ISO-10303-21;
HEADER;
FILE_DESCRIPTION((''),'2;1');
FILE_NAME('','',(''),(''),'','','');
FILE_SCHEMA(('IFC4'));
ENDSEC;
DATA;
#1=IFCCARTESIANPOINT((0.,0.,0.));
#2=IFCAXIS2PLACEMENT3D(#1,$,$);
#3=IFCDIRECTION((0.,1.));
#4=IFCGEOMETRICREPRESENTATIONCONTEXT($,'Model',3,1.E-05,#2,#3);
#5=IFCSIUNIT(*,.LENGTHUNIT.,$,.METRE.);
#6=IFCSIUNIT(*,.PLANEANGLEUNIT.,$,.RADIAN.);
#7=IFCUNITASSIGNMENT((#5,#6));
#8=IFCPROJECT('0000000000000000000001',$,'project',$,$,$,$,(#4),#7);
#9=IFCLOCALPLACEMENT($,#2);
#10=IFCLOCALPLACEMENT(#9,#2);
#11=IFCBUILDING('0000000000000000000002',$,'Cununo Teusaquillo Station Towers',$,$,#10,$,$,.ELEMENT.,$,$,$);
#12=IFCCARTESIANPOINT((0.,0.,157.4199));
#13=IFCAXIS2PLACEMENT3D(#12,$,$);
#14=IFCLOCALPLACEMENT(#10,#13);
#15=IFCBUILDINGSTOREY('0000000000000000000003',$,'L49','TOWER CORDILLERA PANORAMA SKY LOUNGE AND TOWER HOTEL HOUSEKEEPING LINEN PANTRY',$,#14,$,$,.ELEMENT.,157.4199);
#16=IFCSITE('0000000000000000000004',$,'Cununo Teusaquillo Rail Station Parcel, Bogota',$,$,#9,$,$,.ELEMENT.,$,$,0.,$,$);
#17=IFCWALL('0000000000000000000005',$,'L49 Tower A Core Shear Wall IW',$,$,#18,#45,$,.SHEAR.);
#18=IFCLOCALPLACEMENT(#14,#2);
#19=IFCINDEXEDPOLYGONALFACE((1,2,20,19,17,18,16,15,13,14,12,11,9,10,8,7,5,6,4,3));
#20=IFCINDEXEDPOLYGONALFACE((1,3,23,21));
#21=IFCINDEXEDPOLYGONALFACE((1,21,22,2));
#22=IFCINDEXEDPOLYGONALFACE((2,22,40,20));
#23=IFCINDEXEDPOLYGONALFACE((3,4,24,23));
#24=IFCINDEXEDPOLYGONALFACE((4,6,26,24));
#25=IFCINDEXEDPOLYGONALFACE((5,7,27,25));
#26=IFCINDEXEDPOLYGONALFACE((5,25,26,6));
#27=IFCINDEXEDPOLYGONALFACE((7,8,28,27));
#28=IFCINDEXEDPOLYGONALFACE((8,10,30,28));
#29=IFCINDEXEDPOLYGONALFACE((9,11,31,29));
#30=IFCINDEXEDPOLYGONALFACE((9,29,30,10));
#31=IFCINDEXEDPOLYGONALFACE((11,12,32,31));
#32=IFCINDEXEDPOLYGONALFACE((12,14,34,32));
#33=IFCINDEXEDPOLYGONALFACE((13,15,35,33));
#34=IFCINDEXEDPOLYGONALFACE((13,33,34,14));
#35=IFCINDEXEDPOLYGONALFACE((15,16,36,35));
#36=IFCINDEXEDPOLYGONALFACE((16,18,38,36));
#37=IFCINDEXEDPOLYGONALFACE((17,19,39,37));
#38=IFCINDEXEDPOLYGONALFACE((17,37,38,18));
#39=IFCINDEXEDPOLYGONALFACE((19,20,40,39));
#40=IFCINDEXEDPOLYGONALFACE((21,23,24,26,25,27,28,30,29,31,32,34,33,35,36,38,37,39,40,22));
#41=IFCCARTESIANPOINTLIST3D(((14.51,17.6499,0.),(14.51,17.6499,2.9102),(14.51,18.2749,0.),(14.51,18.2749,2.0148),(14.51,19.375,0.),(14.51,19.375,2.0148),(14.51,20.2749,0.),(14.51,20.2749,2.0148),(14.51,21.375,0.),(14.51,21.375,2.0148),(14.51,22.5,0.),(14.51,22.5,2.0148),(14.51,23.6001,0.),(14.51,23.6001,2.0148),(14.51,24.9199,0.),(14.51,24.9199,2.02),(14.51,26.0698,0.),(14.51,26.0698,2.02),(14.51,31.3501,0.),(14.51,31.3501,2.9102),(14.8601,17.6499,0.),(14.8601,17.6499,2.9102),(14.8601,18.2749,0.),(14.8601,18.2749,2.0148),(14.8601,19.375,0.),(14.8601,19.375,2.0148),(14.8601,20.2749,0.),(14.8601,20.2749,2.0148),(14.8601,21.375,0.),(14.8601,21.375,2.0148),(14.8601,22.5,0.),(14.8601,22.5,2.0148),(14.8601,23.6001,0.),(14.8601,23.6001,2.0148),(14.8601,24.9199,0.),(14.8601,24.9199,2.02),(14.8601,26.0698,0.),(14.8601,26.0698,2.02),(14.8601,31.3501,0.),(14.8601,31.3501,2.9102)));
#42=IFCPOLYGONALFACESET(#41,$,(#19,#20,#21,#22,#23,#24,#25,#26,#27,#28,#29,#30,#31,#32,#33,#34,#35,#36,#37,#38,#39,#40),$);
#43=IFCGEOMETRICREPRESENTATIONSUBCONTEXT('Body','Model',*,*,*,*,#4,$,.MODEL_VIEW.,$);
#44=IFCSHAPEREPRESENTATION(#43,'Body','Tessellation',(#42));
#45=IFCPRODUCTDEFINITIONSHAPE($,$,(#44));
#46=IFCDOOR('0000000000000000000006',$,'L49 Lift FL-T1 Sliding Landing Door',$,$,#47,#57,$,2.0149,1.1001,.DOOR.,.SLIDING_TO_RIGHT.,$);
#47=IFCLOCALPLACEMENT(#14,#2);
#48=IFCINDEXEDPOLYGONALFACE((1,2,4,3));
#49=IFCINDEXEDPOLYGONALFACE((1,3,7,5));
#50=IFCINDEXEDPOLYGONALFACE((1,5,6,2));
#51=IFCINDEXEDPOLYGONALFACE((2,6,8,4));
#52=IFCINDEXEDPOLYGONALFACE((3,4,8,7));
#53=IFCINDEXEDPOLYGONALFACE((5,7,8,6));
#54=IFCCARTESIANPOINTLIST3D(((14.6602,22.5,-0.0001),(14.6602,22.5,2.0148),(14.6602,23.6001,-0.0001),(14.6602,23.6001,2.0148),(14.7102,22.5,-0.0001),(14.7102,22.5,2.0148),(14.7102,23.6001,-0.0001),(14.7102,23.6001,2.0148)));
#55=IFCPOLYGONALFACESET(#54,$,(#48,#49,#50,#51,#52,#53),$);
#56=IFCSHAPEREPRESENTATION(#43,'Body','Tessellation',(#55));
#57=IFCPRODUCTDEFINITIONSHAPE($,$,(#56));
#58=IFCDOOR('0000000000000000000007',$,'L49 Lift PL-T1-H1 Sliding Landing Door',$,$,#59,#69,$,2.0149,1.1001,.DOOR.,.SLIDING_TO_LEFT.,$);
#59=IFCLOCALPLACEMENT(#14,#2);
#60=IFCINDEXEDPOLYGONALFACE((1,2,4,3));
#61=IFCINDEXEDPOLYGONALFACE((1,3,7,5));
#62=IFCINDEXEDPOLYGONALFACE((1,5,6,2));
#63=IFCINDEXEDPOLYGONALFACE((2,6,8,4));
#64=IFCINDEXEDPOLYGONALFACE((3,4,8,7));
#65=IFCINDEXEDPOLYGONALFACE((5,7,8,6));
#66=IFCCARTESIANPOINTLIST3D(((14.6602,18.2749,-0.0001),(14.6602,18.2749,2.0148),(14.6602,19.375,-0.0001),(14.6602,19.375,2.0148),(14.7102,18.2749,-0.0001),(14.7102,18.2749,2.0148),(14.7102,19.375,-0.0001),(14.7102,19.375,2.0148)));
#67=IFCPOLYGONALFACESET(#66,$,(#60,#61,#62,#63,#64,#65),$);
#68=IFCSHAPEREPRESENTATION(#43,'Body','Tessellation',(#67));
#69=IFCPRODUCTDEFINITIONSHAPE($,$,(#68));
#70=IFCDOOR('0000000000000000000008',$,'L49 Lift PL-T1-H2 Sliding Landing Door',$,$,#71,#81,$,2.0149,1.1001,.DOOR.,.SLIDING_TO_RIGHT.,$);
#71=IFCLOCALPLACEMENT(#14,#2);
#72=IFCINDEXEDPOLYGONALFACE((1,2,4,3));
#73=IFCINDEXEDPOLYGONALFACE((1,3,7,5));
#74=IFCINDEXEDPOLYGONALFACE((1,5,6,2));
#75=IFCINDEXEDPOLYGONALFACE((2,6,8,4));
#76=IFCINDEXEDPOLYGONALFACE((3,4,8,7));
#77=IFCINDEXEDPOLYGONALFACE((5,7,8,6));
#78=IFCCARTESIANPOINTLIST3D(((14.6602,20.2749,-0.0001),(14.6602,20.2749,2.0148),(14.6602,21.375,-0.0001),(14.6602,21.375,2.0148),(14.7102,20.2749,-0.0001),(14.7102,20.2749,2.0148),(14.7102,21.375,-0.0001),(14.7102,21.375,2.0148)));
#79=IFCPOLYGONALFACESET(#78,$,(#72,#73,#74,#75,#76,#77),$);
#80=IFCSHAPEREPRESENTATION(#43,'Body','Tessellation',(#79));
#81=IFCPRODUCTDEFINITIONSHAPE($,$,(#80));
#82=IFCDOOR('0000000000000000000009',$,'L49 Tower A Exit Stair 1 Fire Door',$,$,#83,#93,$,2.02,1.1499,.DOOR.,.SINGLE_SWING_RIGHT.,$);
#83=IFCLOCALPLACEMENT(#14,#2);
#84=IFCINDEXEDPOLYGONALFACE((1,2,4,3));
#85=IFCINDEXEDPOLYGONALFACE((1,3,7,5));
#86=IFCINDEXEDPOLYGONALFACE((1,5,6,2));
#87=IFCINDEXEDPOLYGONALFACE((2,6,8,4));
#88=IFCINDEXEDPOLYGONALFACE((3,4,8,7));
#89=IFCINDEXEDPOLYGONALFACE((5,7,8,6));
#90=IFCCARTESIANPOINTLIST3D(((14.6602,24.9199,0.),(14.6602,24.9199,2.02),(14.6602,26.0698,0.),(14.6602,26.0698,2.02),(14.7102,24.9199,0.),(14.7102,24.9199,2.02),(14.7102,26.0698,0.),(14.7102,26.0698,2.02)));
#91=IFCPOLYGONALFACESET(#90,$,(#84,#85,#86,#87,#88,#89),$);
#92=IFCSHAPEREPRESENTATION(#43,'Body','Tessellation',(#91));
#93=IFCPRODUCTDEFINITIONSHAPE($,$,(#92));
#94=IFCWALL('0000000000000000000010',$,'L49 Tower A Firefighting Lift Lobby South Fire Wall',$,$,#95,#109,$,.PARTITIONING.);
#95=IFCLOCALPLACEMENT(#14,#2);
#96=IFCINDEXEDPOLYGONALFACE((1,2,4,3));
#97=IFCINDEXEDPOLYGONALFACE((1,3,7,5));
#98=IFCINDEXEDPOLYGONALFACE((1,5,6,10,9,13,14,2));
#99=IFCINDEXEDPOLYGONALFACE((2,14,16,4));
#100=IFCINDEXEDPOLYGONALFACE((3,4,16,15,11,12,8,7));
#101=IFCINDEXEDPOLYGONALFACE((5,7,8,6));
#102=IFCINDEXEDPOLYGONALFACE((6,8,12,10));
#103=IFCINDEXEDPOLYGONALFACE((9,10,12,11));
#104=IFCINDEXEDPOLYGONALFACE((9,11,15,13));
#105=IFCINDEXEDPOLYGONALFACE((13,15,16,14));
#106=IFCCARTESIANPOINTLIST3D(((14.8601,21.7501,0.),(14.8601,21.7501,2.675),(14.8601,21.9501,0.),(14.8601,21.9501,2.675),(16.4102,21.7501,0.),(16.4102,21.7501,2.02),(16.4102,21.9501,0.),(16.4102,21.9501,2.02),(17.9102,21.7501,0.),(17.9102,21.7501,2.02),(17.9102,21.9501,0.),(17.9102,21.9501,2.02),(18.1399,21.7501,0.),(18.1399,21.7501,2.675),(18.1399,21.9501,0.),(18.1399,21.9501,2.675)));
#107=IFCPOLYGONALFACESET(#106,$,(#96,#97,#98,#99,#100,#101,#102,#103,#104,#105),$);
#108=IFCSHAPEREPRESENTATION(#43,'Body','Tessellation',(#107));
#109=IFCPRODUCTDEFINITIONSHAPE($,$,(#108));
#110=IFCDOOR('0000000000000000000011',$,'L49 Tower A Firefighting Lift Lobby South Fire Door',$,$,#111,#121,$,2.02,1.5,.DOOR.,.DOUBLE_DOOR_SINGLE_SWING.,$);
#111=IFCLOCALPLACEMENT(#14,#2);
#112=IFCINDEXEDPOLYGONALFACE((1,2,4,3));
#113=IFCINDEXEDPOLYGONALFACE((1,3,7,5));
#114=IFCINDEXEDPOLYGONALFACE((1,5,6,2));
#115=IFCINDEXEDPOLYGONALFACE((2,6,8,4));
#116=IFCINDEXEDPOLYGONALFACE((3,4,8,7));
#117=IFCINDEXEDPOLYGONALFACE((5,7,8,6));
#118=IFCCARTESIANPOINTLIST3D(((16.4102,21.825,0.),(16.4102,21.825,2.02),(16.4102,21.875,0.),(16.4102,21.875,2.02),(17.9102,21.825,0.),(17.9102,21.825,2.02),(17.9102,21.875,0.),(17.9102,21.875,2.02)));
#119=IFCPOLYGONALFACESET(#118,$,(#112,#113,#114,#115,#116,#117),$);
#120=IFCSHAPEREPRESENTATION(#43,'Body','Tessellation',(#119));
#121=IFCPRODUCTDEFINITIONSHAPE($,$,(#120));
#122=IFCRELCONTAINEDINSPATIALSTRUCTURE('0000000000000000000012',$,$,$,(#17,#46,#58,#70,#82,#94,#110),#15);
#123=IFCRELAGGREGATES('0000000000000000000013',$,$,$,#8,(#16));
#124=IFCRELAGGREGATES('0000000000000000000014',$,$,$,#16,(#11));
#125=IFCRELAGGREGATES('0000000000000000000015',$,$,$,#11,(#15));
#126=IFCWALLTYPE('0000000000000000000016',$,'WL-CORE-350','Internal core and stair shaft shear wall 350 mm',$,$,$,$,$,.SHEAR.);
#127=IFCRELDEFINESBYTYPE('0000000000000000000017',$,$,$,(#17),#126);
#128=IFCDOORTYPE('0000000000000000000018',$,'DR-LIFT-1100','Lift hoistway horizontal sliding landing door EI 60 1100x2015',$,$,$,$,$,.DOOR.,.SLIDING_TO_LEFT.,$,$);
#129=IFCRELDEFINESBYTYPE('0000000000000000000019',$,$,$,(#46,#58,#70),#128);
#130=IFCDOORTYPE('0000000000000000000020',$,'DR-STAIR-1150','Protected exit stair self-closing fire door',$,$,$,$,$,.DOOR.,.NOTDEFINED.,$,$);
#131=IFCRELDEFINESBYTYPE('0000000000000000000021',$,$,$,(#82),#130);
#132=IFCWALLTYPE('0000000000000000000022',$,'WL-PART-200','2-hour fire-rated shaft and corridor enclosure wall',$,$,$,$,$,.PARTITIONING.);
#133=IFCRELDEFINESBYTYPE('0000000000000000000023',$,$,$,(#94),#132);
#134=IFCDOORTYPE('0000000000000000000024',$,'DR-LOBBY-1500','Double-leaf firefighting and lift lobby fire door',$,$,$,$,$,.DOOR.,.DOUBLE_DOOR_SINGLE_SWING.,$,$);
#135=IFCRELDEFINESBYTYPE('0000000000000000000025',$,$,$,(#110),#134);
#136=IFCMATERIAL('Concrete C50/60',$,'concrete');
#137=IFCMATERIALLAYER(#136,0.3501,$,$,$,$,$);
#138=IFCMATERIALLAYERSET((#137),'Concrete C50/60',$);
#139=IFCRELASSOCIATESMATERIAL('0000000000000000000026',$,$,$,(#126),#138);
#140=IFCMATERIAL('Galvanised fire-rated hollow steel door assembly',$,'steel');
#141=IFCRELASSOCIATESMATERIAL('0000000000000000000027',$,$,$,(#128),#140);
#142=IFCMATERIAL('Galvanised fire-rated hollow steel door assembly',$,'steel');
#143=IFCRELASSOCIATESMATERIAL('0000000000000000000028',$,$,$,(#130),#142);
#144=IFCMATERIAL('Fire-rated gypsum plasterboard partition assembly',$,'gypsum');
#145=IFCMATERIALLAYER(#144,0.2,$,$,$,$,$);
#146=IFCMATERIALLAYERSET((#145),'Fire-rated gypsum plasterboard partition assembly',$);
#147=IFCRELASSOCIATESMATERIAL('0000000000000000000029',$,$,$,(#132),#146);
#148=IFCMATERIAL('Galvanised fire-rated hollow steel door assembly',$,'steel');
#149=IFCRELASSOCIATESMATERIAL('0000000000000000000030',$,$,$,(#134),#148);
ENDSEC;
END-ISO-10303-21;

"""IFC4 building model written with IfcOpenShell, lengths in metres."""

from ifc_helpers import new_model, si_unit, direction, frame, frame_2d, origin, place, context, subcontext, project, spatial, rectangle, extrude, source, transform, mapped, material, layer, layer_set, type_object, element, fill, save


model = new_model("IFC4")

# Units and contexts
model_context = context("Model", 3, precision=1e-05, world=origin(), true_north=direction((0.0, 1.0)))
body_context = subcontext(model_context, "Body", "Model", "MODEL_VIEW")
ifc_project = project(units=[si_unit("LENGTHUNIT", "METRE"), si_unit("PLANEANGLEUNIT", "RADIAN")], contexts=[model_context])

# Site, building, storey
site_placement = place(None, origin())
site = spatial("IfcSite", under=ifc_project, at=site_placement, Name="Cununo Teusaquillo Rail Station Parcel, Bogota", CompositionType="ELEMENT", RefElevation=0.0)
building_placement = place(site_placement, origin())
building = spatial("IfcBuilding", under=site, at=building_placement, Name="Cununo Teusaquillo Station Towers", CompositionType="ELEMENT")
storey_placement = place(building_placement, frame((0.0, 0.0, 157.4199)))
storey = spatial("IfcBuildingStorey", under=building, at=storey_placement, Name="L49", Description="TOWER CORDILLERA PANORAMA SKY LOUNGE AND TOWER HOTEL HOUSEKEEPING LINEN PANTRY", CompositionType="ELEMENT", Elevation=157.4199)

# Wall, openings, doors
ifc_material_1 = material(Name="Concrete C50/60", Category="concrete")
ifc_layer_1 = layer(ifc_material_1, 0.3501)
ifc_layer_set_1 = layer_set([ifc_layer_1], Name="Concrete C50/60")
wall_type_1 = type_object("IfcWallType", Name="WL-CORE-350", Description="Internal core and stair shaft shear wall 350 mm", PredefinedType="SHEAR", material=ifc_layer_set_1)
wall_1_placement = place(storey_placement, frame((14.6851, 17.6499, 0.0), z_axis=(0.0, 0.0, 1.0), x_axis=(0.0, 1.0, 0.0)))
wall_1 = element("IfcWall", 1, at=wall_1_placement, inside=storey, type_object=wall_type_1, Name="L49 Tower A Core Shear Wall IW", PredefinedType="SHEAR", context=body_context, shape_type="SweptSolid", body=[
    extrude(rectangle(XDim=13.7002, YDim=0.3501, at=frame_2d((6.8501, 0.0))), origin(), (0.0, 0.0, 1.0), 2.9102),
])
shared_shape_1 = source(origin(), body_context, "Body", "SweptSolid", [
    extrude(rectangle(XDim=1.1001, YDim=2.0149, at=frame_2d((0.55, 1.0073))), frame((0.0, 0.1851, 0.0), z_axis=(0.0, -1.0, 0.0), x_axis=(1.0, 0.0, 0.0)), (0.0, 0.0, 1.0), 0.3701),
])
opening_1_placement = place(wall_1_placement, frame((4.8501, 0.0, 0.0)))
opening_1 = element("IfcOpeningElement", 2, at=opening_1_placement, cuts=wall_1, PredefinedType="OPENING", context=body_context, shape_type="MappedRepresentation", body=[
    mapped(shared_shape_1, transform((0.0, 0.0, 0.0), x_axis=(1.0, 0.0, 0.0), y_axis=(0.0, 1.0, 0.0), z_axis=(0.0, 0.0, 1.0), scale=1.0)),
])
opening_2_placement = place(wall_1_placement, frame((0.625, 0.0, 0.0)))
opening_2 = element("IfcOpeningElement", 3, at=opening_2_placement, cuts=wall_1, PredefinedType="OPENING", context=body_context, shape_type="MappedRepresentation", body=[
    mapped(shared_shape_1, transform((0.0, 0.0, 0.0), x_axis=(1.0, 0.0, 0.0), y_axis=(0.0, 1.0, 0.0), z_axis=(0.0, 0.0, 1.0), scale=1.0)),
])
opening_3_placement = place(wall_1_placement, frame((2.625, 0.0, 0.0)))
opening_3 = element("IfcOpeningElement", 4, at=opening_3_placement, cuts=wall_1, PredefinedType="OPENING", context=body_context, shape_type="MappedRepresentation", body=[
    mapped(shared_shape_1, transform((0.0, 0.0, 0.0), x_axis=(1.0, 0.0, 0.0), y_axis=(0.0, 1.0, 0.0), z_axis=(0.0, 0.0, 1.0), scale=1.0)),
])
shared_shape_2 = source(origin(), body_context, "Body", "SweptSolid", [
    extrude(rectangle(XDim=1.1499, YDim=2.02, at=frame_2d((0.575, 1.01))), frame((0.0, 0.1851, 0.0), z_axis=(0.0, -1.0, 0.0), x_axis=(1.0, 0.0, 0.0)), (0.0, 0.0, 1.0), 0.3701),
])
opening_4_placement = place(wall_1_placement, frame((7.27, 0.0, 0.0)))
opening_4 = element("IfcOpeningElement", 5, at=opening_4_placement, cuts=wall_1, PredefinedType="OPENING", context=body_context, shape_type="MappedRepresentation", body=[
    mapped(shared_shape_2, transform((0.0, 0.0, 0.0), x_axis=(1.0, 0.0, 0.0), y_axis=(0.0, 1.0, 0.0), z_axis=(0.0, 0.0, 1.0), scale=1.0)),
])
ifc_material_2 = material(Name="Galvanised fire-rated hollow steel door assembly", Category="steel")
door_type_1 = type_object("IfcDoorType", Name="DR-LIFT-1100", Description="Lift hoistway horizontal sliding landing door EI 60 1100x2015", OperationType="SLIDING_TO_LEFT", PredefinedType="DOOR", material=ifc_material_2)
shared_shape_3 = source(origin(), body_context, "Body", "SweptSolid", [
    extrude(rectangle(XDim=1.1001, YDim=2.0149, at=frame_2d((0.55, 1.0073))), frame((0.0, 0.0249, 0.0), z_axis=(0.0, -1.0, 0.0), x_axis=(1.0, 0.0, 0.0)), (0.0, 0.0, 1.0), 0.05),
])
door_1_placement = place(opening_1_placement, origin())
door_1 = element("IfcDoor", 6, at=door_1_placement, inside=storey, type_object=door_type_1, Name="L49 Lift FL-T1 Sliding Landing Door", OperationType="SLIDING_TO_RIGHT", OverallHeight=2.0149, OverallWidth=1.1001, PredefinedType="DOOR", context=body_context, shape_type="MappedRepresentation", body=[
    mapped(shared_shape_3, transform((0.0, 0.0, 0.0), x_axis=(1.0, 0.0, 0.0), y_axis=(0.0, 1.0, 0.0), z_axis=(0.0, 0.0, 1.0), scale=1.0)),
])
fill(opening_1, door_1)
door_2_placement = place(opening_2_placement, origin())
door_2 = element("IfcDoor", 7, at=door_2_placement, inside=storey, type_object=door_type_1, Name="L49 Lift PL-T1-H1 Sliding Landing Door", OperationType="SLIDING_TO_LEFT", OverallHeight=2.0149, OverallWidth=1.1001, PredefinedType="DOOR", context=body_context, shape_type="MappedRepresentation", body=[
    mapped(shared_shape_3, transform((0.0, 0.0, 0.0), x_axis=(1.0, 0.0, 0.0), y_axis=(0.0, 1.0, 0.0), z_axis=(0.0, 0.0, 1.0), scale=1.0)),
])
fill(opening_2, door_2)
door_3_placement = place(opening_3_placement, origin())
door_3 = element("IfcDoor", 8, at=door_3_placement, inside=storey, type_object=door_type_1, Name="L49 Lift PL-T1-H2 Sliding Landing Door", OperationType="SLIDING_TO_RIGHT", OverallHeight=2.0149, OverallWidth=1.1001, PredefinedType="DOOR", context=body_context, shape_type="MappedRepresentation", body=[
    mapped(shared_shape_3, transform((0.0, 0.0, 0.0), x_axis=(1.0, 0.0, 0.0), y_axis=(0.0, 1.0, 0.0), z_axis=(0.0, 0.0, 1.0), scale=1.0)),
])
fill(opening_3, door_3)
ifc_material_3 = material(Name="Galvanised fire-rated hollow steel door assembly", Category="steel")
door_type_2 = type_object("IfcDoorType", Name="DR-STAIR-1150", Description="Protected exit stair self-closing fire door", OperationType="NOTDEFINED", PredefinedType="DOOR", material=ifc_material_3)
shared_shape_4 = source(origin(), body_context, "Body", "SweptSolid", [
    extrude(rectangle(XDim=1.1499, YDim=2.02, at=frame_2d((0.575, 1.01))), frame((0.0, 0.0249, 0.0), z_axis=(0.0, -1.0, 0.0), x_axis=(1.0, 0.0, 0.0)), (0.0, 0.0, 1.0), 0.05),
])
door_4_placement = place(opening_4_placement, origin())
door_4 = element("IfcDoor", 9, at=door_4_placement, inside=storey, type_object=door_type_2, Name="L49 Tower A Exit Stair 1 Fire Door", OperationType="SINGLE_SWING_RIGHT", OverallHeight=2.02, OverallWidth=1.1499, PredefinedType="DOOR", context=body_context, shape_type="MappedRepresentation", body=[
    mapped(shared_shape_4, transform((0.0, 0.0, 0.0), x_axis=(1.0, 0.0, 0.0), y_axis=(0.0, 1.0, 0.0), z_axis=(0.0, 0.0, 1.0), scale=1.0)),
])
fill(opening_4, door_4)

# Wall, opening, door
ifc_material_4 = material(Name="Fire-rated gypsum plasterboard partition assembly", Category="gypsum")
ifc_layer_2 = layer(ifc_material_4, 0.2)
ifc_layer_set_2 = layer_set([ifc_layer_2], Name="Fire-rated gypsum plasterboard partition assembly")
wall_type_2 = type_object("IfcWallType", Name="WL-PART-200", Description="2-hour fire-rated shaft and corridor enclosure wall", PredefinedType="PARTITIONING", material=ifc_layer_set_2)
wall_2_placement = place(storey_placement, frame((14.8601, 21.8501, 0.0), z_axis=(0.0, 0.0, 1.0), x_axis=(1.0, 0.0, 0.0)))
wall_2 = element("IfcWall", 10, at=wall_2_placement, inside=storey, type_object=wall_type_2, Name="L49 Tower A Firefighting Lift Lobby South Fire Wall", PredefinedType="PARTITIONING", context=body_context, shape_type="SweptSolid", body=[
    extrude(rectangle(XDim=3.2798, YDim=0.2, at=frame_2d((1.6399, 0.0))), origin(), (0.0, 0.0, 1.0), 2.675),
])
shared_shape_5 = source(origin(), body_context, "Body", "SweptSolid", [
    extrude(rectangle(XDim=1.5, YDim=2.02, at=frame_2d((0.75, 1.01))), frame((0.0, 0.1099, 0.0), z_axis=(0.0, -1.0, 0.0), x_axis=(1.0, 0.0, 0.0)), (0.0, 0.0, 1.0), 0.22),
])
opening_5_placement = place(wall_2_placement, frame((1.55, 0.0, 0.0)))
opening_5 = element("IfcOpeningElement", 11, at=opening_5_placement, cuts=wall_2, PredefinedType="OPENING", context=body_context, shape_type="MappedRepresentation", body=[
    mapped(shared_shape_5, transform((0.0, 0.0, 0.0), x_axis=(1.0, 0.0, 0.0), y_axis=(0.0, 1.0, 0.0), z_axis=(0.0, 0.0, 1.0), scale=1.0)),
])
ifc_material_5 = material(Name="Galvanised fire-rated hollow steel door assembly", Category="steel")
door_type_3 = type_object("IfcDoorType", Name="DR-LOBBY-1500", Description="Double-leaf firefighting and lift lobby fire door", OperationType="DOUBLE_DOOR_SINGLE_SWING", PredefinedType="DOOR", material=ifc_material_5)
shared_shape_6 = source(origin(), body_context, "Body", "SweptSolid", [
    extrude(rectangle(XDim=1.5, YDim=2.02, at=frame_2d((0.75, 1.01))), frame((0.0, 0.0249, 0.0), z_axis=(0.0, -1.0, 0.0), x_axis=(1.0, 0.0, 0.0)), (0.0, 0.0, 1.0), 0.05),
])
door_5_placement = place(opening_5_placement, origin())
door_5 = element("IfcDoor", 12, at=door_5_placement, inside=storey, type_object=door_type_3, Name="L49 Tower A Firefighting Lift Lobby South Fire Door", OperationType="DOUBLE_DOOR_SINGLE_SWING", OverallHeight=2.02, OverallWidth=1.5, PredefinedType="DOOR", context=body_context, shape_type="MappedRepresentation", body=[
    mapped(shared_shape_6, transform((0.0, 0.0, 0.0), x_axis=(1.0, 0.0, 0.0), y_axis=(0.0, 1.0, 0.0), z_axis=(0.0, 0.0, 1.0), scale=1.0)),
])
fill(opening_5, door_5)

save(model, "model.ifc")
